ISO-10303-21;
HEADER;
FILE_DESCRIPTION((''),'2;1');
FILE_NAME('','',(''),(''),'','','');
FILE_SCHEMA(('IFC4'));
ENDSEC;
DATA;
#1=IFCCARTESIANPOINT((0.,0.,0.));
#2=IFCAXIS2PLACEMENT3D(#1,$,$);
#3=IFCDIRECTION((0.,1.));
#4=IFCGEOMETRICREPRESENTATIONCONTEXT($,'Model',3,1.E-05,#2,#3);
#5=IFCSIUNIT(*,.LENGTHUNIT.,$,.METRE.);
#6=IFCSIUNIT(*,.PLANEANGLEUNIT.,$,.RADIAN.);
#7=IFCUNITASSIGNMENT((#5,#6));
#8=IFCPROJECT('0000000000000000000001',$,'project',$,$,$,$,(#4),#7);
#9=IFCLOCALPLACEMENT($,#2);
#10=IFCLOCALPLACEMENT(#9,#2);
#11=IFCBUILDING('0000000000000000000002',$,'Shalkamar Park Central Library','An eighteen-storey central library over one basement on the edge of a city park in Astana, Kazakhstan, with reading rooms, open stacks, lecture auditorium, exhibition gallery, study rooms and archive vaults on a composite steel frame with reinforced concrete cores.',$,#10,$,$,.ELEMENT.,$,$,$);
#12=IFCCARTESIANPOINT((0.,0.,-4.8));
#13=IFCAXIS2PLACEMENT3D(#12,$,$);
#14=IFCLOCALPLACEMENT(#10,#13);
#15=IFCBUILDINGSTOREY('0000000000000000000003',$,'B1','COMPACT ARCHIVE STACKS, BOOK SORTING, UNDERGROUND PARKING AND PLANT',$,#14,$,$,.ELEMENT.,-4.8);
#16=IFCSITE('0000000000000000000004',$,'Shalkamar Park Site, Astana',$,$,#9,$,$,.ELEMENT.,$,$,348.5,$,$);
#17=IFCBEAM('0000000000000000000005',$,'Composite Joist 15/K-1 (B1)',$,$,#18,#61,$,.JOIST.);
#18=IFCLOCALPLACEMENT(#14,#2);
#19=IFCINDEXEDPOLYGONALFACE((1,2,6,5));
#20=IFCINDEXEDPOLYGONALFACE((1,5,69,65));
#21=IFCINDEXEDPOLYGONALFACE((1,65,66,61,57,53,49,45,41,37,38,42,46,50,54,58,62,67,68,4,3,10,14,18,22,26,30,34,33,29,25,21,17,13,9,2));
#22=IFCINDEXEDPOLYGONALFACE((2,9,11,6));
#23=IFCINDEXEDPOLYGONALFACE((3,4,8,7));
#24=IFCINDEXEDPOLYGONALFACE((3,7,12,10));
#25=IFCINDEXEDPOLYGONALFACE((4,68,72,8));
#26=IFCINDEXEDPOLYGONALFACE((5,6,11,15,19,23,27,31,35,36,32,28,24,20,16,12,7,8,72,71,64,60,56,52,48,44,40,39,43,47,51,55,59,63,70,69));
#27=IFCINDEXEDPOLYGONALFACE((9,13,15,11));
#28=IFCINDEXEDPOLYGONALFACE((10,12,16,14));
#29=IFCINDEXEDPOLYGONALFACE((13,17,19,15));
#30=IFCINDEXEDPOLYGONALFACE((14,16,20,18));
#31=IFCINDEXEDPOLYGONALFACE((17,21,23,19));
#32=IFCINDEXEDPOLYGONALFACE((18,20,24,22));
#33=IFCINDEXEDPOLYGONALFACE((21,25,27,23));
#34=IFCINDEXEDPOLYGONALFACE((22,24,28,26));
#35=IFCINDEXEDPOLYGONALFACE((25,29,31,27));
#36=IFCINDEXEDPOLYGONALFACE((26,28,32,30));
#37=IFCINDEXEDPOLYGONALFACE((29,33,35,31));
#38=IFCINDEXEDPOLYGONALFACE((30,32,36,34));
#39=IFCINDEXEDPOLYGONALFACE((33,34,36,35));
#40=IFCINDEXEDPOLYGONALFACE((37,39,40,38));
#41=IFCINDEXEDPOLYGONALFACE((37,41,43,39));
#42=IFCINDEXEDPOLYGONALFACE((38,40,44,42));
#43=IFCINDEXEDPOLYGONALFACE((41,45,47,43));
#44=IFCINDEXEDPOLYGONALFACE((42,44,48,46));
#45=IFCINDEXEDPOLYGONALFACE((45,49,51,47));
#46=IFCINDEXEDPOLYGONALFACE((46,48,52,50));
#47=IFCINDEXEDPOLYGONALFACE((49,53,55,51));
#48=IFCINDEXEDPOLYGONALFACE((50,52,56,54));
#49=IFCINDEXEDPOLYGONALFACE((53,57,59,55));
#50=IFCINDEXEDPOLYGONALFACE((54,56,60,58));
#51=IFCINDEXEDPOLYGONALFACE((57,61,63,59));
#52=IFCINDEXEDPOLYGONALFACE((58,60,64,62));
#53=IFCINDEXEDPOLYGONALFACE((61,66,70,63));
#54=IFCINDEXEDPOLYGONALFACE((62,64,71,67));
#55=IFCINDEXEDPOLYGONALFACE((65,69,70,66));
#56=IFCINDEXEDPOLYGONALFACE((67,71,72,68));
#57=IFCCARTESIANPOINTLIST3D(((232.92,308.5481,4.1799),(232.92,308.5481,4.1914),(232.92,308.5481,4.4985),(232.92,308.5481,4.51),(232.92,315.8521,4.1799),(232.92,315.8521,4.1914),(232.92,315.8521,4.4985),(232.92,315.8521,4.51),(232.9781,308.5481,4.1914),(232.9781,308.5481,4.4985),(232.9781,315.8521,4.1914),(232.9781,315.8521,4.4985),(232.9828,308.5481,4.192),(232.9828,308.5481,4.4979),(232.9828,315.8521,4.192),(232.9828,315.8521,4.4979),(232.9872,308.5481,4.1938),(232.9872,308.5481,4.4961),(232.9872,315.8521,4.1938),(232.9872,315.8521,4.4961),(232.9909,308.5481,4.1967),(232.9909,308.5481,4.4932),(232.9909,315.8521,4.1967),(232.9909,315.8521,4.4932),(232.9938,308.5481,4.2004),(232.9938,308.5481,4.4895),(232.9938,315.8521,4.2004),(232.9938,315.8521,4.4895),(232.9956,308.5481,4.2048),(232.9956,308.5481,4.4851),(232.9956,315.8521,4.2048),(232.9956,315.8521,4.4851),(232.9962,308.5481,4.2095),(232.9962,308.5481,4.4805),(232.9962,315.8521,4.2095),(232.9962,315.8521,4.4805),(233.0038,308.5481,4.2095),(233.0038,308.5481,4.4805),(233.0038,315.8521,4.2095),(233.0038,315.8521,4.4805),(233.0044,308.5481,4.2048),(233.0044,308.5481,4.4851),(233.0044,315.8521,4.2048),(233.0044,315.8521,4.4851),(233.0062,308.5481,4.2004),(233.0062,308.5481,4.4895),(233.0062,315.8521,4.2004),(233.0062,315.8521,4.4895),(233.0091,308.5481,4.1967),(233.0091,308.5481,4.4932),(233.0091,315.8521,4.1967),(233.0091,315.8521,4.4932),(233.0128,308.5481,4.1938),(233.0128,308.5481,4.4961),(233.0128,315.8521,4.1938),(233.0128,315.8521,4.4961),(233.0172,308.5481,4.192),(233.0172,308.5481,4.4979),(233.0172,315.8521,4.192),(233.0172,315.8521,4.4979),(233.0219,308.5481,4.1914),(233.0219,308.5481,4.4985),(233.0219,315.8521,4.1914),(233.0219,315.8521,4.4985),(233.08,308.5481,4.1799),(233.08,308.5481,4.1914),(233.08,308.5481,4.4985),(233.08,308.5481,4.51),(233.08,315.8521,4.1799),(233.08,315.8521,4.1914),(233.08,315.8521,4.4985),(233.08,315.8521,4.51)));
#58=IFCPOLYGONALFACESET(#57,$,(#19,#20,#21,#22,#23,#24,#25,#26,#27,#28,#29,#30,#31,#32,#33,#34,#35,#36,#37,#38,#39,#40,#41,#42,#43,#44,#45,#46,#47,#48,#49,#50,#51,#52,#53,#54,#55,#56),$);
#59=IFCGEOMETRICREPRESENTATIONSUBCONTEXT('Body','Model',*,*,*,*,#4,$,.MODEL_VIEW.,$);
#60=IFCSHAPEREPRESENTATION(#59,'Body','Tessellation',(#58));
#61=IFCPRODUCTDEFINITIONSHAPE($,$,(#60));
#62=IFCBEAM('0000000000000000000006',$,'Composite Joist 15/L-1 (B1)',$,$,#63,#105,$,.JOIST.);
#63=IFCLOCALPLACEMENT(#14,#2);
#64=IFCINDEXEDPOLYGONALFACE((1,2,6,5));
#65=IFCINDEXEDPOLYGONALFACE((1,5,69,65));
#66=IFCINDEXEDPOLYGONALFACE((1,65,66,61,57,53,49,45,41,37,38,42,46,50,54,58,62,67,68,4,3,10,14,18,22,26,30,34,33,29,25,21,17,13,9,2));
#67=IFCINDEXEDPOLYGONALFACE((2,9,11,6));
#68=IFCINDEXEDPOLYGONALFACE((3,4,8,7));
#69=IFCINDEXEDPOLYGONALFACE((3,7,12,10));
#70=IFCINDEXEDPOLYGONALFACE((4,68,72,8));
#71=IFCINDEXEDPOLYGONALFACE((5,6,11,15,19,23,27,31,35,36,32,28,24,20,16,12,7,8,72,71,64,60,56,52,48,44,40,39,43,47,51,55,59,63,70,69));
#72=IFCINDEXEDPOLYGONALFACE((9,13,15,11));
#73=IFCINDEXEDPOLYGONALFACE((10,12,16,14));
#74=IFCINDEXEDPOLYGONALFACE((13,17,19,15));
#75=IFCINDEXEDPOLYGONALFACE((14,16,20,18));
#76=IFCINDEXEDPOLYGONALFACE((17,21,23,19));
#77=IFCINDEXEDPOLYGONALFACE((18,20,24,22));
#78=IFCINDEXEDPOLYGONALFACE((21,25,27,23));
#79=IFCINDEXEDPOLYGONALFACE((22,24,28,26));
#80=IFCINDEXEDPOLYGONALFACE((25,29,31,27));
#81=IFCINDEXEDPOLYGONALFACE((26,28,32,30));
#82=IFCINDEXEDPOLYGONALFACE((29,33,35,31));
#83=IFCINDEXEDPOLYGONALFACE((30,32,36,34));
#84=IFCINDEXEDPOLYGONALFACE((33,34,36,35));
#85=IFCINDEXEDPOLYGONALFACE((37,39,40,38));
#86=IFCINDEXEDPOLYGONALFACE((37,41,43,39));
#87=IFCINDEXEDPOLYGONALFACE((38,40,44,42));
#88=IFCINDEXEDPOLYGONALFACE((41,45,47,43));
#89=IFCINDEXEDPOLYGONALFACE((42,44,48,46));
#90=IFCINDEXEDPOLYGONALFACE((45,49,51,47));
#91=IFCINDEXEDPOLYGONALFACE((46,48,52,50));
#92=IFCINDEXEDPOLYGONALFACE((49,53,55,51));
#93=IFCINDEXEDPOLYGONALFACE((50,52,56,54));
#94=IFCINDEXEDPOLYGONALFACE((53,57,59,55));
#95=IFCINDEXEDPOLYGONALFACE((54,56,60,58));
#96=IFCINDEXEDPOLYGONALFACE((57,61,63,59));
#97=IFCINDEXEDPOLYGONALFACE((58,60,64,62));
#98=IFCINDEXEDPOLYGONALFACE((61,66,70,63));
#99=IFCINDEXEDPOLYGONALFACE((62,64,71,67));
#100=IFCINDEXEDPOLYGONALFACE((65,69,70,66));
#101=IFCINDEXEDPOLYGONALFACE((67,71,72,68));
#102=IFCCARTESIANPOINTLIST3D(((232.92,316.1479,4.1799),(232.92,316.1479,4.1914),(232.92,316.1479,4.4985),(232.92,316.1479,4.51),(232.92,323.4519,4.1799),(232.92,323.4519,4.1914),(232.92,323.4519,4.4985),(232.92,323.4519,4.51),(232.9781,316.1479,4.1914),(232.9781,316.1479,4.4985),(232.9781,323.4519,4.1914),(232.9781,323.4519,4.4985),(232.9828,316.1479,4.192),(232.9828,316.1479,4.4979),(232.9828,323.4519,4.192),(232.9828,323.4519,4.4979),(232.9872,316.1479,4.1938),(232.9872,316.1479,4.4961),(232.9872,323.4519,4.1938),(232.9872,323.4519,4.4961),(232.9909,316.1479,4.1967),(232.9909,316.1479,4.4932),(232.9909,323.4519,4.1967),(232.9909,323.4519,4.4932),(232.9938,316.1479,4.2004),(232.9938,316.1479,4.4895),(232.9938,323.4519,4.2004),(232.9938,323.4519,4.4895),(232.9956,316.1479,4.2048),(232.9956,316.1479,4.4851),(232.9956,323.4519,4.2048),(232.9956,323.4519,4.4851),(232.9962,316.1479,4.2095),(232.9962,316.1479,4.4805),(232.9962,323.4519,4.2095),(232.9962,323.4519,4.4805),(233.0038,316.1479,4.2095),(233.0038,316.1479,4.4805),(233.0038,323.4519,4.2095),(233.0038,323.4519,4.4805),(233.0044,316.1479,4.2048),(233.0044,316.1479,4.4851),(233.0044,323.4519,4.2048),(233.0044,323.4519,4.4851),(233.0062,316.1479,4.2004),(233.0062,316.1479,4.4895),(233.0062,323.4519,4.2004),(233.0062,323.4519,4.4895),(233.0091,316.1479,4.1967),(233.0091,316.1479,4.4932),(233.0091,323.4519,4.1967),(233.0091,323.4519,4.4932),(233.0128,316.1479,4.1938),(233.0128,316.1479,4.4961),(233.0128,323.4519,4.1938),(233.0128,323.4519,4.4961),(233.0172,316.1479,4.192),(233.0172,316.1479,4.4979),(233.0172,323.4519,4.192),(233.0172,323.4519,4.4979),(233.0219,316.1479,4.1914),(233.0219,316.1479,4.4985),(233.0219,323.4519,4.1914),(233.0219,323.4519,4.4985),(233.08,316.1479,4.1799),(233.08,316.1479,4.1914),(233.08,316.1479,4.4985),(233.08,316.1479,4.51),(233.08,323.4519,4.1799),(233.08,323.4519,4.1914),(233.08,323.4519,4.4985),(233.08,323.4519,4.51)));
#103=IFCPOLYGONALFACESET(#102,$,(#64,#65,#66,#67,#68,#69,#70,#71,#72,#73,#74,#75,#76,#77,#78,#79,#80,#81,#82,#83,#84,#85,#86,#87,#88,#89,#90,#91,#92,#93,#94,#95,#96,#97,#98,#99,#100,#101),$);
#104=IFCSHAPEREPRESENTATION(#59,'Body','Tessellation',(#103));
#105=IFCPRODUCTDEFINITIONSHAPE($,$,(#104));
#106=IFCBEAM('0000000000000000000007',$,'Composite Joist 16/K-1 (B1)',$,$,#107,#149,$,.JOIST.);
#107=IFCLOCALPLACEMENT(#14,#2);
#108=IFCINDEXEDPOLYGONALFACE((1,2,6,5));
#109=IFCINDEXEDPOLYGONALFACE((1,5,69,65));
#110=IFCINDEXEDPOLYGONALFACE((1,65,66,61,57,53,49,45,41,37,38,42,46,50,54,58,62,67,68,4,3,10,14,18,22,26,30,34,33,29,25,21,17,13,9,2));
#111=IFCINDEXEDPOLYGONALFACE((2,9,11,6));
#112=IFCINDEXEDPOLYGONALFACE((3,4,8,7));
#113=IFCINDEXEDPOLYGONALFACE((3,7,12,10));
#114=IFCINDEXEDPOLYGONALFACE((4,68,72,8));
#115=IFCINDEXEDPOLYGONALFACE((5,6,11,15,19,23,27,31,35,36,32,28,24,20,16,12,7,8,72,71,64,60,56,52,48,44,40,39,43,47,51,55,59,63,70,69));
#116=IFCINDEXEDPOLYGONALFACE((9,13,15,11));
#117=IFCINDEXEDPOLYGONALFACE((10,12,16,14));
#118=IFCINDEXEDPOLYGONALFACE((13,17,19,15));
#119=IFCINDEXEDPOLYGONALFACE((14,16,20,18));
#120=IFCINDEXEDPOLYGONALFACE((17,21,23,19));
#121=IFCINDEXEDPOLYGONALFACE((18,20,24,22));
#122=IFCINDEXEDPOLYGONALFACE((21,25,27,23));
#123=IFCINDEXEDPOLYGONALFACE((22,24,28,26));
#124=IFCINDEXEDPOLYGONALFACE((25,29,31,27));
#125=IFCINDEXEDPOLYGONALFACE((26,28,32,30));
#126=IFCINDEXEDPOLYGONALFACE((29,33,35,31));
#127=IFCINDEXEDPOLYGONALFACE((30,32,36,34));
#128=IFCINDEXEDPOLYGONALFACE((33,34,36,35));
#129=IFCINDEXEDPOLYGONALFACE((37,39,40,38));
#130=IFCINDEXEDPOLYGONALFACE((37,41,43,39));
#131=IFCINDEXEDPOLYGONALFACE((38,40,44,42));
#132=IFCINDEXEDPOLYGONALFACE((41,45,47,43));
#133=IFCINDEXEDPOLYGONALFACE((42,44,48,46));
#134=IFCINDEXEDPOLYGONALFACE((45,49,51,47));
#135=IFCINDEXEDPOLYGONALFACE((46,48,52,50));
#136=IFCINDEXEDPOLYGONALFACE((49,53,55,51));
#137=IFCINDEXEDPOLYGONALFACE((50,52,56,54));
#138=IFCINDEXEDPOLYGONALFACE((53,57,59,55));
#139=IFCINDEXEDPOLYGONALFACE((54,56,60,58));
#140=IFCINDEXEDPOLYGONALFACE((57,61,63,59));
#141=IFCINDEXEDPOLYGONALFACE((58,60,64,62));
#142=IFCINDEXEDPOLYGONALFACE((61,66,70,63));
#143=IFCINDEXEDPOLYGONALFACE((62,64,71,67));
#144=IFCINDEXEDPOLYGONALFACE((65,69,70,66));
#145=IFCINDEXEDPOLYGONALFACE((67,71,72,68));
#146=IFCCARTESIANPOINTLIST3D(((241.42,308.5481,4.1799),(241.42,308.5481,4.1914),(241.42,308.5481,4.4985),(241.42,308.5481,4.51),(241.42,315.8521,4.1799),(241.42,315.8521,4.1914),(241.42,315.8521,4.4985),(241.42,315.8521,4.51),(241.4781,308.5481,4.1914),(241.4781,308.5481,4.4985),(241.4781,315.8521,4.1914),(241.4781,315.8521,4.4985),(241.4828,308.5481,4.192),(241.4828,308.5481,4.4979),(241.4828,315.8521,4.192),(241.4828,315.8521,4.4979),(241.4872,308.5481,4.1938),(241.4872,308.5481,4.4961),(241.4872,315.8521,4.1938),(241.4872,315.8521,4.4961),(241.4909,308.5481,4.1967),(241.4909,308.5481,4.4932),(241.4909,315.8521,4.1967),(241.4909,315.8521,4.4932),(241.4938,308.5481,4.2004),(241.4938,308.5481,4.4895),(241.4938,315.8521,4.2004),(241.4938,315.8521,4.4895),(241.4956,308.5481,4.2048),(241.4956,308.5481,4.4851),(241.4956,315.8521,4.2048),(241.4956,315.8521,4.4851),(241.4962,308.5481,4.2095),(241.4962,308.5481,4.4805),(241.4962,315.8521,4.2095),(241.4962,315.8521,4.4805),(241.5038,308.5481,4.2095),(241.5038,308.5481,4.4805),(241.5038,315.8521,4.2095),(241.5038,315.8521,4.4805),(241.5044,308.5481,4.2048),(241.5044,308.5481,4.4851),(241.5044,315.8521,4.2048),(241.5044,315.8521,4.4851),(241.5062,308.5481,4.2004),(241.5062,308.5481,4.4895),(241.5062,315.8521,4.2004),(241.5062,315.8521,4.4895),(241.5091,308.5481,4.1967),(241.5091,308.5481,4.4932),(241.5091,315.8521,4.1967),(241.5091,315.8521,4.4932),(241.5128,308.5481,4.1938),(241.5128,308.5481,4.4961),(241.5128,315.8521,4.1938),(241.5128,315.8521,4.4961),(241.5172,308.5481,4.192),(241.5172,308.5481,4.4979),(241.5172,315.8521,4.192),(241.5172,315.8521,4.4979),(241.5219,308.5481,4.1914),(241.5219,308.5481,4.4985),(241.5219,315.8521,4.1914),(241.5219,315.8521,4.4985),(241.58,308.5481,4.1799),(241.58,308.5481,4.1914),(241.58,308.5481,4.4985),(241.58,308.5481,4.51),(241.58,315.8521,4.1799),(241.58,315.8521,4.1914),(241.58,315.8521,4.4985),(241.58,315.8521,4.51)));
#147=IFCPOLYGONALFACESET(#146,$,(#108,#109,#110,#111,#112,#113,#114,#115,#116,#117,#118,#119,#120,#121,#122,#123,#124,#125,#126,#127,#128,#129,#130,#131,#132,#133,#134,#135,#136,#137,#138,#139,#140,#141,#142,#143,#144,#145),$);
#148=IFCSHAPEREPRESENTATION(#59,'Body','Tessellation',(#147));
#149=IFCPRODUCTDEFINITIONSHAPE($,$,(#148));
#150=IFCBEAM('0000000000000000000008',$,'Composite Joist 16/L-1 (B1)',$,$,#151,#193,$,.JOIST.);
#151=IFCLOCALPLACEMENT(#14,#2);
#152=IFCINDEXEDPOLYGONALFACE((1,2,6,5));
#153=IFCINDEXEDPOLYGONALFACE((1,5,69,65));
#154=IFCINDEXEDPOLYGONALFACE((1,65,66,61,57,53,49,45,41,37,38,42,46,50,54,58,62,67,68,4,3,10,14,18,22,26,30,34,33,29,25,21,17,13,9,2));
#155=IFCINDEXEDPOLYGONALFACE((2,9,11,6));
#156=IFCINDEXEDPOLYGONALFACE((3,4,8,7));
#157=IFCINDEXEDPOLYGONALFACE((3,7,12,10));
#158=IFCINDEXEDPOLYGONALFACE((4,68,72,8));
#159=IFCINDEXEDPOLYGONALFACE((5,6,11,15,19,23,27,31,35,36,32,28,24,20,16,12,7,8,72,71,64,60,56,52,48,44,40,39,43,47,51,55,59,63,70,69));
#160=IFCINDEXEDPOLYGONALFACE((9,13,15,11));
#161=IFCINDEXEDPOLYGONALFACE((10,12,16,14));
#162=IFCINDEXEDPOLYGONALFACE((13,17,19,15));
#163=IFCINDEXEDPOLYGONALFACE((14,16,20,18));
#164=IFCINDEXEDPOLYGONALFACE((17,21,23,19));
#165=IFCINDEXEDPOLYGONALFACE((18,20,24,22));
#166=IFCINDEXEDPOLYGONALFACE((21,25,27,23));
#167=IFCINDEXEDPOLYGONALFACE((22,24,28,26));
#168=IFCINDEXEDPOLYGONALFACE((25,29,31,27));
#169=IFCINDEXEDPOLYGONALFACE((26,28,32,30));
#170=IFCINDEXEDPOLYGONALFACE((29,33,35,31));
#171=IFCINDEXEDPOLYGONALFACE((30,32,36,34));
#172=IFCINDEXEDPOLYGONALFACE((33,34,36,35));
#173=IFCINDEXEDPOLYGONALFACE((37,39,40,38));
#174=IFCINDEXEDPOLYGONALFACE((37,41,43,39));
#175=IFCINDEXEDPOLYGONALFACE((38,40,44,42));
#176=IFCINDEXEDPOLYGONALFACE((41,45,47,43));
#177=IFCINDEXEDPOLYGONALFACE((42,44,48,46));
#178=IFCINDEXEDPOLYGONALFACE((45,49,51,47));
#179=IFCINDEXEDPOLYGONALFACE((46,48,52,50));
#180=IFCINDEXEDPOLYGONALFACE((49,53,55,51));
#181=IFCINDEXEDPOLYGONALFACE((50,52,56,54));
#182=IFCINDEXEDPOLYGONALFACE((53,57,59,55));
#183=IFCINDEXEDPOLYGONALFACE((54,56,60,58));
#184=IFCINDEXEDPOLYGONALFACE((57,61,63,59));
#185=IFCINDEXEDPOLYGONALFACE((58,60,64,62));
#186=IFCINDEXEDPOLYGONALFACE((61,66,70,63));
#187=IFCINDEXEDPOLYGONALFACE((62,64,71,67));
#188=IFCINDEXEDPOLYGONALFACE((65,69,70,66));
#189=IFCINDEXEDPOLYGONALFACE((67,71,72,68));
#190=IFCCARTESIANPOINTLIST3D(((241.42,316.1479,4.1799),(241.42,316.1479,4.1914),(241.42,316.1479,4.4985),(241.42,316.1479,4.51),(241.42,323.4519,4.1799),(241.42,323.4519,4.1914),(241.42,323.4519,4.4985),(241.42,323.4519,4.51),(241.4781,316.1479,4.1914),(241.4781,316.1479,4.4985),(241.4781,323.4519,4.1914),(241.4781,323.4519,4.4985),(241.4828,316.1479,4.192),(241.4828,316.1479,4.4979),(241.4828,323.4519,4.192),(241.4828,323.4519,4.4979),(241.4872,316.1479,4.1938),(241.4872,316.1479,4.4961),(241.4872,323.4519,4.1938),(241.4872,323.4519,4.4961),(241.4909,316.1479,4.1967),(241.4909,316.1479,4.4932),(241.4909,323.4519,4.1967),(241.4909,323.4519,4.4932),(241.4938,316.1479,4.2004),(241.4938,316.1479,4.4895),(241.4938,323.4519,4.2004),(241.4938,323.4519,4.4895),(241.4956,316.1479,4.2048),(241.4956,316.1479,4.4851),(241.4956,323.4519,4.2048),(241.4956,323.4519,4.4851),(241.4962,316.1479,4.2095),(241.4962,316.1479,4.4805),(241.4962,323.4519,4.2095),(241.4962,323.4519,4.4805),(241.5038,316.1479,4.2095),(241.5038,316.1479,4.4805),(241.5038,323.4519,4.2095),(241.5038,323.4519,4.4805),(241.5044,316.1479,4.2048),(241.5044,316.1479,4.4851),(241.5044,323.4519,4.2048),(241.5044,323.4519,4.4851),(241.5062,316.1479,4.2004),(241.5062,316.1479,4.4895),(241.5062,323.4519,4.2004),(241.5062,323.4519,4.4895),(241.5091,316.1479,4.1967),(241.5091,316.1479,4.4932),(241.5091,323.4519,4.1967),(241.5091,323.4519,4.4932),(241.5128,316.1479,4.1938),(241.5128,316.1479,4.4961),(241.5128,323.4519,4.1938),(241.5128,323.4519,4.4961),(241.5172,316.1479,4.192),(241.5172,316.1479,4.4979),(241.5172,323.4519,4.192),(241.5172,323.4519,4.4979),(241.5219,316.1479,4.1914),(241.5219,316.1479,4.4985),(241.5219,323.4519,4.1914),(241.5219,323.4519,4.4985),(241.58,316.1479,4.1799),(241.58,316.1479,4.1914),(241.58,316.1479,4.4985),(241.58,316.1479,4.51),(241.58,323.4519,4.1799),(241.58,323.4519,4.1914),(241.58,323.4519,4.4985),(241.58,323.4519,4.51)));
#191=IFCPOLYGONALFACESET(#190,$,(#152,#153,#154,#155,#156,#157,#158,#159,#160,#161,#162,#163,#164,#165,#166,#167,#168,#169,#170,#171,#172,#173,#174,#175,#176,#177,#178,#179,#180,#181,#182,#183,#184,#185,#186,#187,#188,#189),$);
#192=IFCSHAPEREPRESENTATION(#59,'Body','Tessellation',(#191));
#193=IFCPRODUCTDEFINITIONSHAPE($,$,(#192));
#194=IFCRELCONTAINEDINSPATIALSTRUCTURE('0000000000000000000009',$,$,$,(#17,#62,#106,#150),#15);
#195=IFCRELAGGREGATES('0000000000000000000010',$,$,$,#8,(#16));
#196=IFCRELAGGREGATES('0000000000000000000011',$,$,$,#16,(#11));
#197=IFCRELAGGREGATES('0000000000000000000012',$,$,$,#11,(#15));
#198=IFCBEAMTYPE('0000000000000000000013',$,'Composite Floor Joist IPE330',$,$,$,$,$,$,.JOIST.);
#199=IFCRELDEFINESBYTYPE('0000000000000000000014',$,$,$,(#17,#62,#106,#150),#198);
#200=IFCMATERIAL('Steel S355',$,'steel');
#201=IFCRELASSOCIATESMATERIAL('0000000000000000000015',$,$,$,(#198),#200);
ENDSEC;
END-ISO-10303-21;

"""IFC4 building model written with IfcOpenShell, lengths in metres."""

from ifc_helpers import new_model, si_unit, direction, frame, origin, origin_2d, place, context, subcontext, project, spatial, i_section, extrude, material, material_profile, profile_set, type_object, element, save


model = new_model("IFC4")

# Units and contexts
model_context = context("Model", 3, precision=1e-05, world=origin(), true_north=direction((0.0, 1.0)))
body_context = subcontext(model_context, "Body", "Model", "MODEL_VIEW")
ifc_project = project(units=[si_unit("LENGTHUNIT", "METRE"), si_unit("PLANEANGLEUNIT", "RADIAN")], contexts=[model_context])

# Site, building, storey
site_placement = place(None, origin())
site = spatial("IfcSite", under=ifc_project, at=site_placement, Name="Shalkamar Park Site, Astana", CompositionType="ELEMENT", RefElevation=348.5)
building_placement = place(site_placement, origin())
building = spatial("IfcBuilding", under=site, at=building_placement, Name="Shalkamar Park Central Library", Description="An eighteen-storey central library over one basement on the edge of a city park in Astana, Kazakhstan, with reading rooms, open stacks, lecture auditorium, exhibition gallery, study rooms and archive vaults on a composite steel frame with reinforced concrete cores.", CompositionType="ELEMENT")
storey_placement = place(building_placement, frame((0.0, 0.0, -4.8)))
storey = spatial("IfcBuildingStorey", under=building, at=storey_placement, Name="B1", Description="COMPACT ARCHIVE STACKS, BOOK SORTING, UNDERGROUND PARKING AND PLANT", CompositionType="ELEMENT", Elevation=-4.8)

# Shared definitions
ifc_material_1 = material(Name="Steel S355", Category="steel")

# Beams
ifc_material_profile_1 = material_profile(ifc_material_1, i_section(OverallWidth=0.1599, OverallDepth=0.3301, WebThickness=0.0076, FlangeThickness=0.0115, FilletRadius=0.0181, at=origin_2d()), Name="IPE 330")
ifc_profile_set_1 = profile_set([ifc_material_profile_1], Name="Steel S355")
beam_type_1 = type_object("IfcBeamType", Name="Composite Floor Joist IPE330", PredefinedType="JOIST", material=ifc_profile_set_1)
for number, where, z_axis, x_axis, name in (
    (1, (233.0, 308.5481, 4.345), (0.0, 1.0, 0.0), (-1.0, 0.0, 0.0), "Composite Joist 15/K-1 (B1)"),
    (2, (233.0, 316.1479, 4.345), (0.0, 1.0, 0.0), (-1.0, 0.0, 0.0), "Composite Joist 15/L-1 (B1)"),
    (3, (241.5, 308.5481, 4.345), (0.0, 1.0, 0.0), (-1.0, 0.0, 0.0), "Composite Joist 16/K-1 (B1)"),
    (4, (241.5, 316.1479, 4.345), (0.0, 1.0, 0.0), (-1.0, 0.0, 0.0), "Composite Joist 16/L-1 (B1)"),
):
    element("IfcBeam", number, at=place(storey_placement, frame(where, z_axis=z_axis, x_axis=x_axis)), inside=storey, type_object=beam_type_1, Name=name, PredefinedType="JOIST", context=body_context, shape_type="SweptSolid", body=[
        extrude(i_section(OverallWidth=0.1599, OverallDepth=0.3301, WebThickness=0.0076, FlangeThickness=0.0115, FilletRadius=0.0181, at=origin_2d()), origin(), (0.0, 0.0, 1.0), 7.304),
    ])

save(model, "model.ifc")
